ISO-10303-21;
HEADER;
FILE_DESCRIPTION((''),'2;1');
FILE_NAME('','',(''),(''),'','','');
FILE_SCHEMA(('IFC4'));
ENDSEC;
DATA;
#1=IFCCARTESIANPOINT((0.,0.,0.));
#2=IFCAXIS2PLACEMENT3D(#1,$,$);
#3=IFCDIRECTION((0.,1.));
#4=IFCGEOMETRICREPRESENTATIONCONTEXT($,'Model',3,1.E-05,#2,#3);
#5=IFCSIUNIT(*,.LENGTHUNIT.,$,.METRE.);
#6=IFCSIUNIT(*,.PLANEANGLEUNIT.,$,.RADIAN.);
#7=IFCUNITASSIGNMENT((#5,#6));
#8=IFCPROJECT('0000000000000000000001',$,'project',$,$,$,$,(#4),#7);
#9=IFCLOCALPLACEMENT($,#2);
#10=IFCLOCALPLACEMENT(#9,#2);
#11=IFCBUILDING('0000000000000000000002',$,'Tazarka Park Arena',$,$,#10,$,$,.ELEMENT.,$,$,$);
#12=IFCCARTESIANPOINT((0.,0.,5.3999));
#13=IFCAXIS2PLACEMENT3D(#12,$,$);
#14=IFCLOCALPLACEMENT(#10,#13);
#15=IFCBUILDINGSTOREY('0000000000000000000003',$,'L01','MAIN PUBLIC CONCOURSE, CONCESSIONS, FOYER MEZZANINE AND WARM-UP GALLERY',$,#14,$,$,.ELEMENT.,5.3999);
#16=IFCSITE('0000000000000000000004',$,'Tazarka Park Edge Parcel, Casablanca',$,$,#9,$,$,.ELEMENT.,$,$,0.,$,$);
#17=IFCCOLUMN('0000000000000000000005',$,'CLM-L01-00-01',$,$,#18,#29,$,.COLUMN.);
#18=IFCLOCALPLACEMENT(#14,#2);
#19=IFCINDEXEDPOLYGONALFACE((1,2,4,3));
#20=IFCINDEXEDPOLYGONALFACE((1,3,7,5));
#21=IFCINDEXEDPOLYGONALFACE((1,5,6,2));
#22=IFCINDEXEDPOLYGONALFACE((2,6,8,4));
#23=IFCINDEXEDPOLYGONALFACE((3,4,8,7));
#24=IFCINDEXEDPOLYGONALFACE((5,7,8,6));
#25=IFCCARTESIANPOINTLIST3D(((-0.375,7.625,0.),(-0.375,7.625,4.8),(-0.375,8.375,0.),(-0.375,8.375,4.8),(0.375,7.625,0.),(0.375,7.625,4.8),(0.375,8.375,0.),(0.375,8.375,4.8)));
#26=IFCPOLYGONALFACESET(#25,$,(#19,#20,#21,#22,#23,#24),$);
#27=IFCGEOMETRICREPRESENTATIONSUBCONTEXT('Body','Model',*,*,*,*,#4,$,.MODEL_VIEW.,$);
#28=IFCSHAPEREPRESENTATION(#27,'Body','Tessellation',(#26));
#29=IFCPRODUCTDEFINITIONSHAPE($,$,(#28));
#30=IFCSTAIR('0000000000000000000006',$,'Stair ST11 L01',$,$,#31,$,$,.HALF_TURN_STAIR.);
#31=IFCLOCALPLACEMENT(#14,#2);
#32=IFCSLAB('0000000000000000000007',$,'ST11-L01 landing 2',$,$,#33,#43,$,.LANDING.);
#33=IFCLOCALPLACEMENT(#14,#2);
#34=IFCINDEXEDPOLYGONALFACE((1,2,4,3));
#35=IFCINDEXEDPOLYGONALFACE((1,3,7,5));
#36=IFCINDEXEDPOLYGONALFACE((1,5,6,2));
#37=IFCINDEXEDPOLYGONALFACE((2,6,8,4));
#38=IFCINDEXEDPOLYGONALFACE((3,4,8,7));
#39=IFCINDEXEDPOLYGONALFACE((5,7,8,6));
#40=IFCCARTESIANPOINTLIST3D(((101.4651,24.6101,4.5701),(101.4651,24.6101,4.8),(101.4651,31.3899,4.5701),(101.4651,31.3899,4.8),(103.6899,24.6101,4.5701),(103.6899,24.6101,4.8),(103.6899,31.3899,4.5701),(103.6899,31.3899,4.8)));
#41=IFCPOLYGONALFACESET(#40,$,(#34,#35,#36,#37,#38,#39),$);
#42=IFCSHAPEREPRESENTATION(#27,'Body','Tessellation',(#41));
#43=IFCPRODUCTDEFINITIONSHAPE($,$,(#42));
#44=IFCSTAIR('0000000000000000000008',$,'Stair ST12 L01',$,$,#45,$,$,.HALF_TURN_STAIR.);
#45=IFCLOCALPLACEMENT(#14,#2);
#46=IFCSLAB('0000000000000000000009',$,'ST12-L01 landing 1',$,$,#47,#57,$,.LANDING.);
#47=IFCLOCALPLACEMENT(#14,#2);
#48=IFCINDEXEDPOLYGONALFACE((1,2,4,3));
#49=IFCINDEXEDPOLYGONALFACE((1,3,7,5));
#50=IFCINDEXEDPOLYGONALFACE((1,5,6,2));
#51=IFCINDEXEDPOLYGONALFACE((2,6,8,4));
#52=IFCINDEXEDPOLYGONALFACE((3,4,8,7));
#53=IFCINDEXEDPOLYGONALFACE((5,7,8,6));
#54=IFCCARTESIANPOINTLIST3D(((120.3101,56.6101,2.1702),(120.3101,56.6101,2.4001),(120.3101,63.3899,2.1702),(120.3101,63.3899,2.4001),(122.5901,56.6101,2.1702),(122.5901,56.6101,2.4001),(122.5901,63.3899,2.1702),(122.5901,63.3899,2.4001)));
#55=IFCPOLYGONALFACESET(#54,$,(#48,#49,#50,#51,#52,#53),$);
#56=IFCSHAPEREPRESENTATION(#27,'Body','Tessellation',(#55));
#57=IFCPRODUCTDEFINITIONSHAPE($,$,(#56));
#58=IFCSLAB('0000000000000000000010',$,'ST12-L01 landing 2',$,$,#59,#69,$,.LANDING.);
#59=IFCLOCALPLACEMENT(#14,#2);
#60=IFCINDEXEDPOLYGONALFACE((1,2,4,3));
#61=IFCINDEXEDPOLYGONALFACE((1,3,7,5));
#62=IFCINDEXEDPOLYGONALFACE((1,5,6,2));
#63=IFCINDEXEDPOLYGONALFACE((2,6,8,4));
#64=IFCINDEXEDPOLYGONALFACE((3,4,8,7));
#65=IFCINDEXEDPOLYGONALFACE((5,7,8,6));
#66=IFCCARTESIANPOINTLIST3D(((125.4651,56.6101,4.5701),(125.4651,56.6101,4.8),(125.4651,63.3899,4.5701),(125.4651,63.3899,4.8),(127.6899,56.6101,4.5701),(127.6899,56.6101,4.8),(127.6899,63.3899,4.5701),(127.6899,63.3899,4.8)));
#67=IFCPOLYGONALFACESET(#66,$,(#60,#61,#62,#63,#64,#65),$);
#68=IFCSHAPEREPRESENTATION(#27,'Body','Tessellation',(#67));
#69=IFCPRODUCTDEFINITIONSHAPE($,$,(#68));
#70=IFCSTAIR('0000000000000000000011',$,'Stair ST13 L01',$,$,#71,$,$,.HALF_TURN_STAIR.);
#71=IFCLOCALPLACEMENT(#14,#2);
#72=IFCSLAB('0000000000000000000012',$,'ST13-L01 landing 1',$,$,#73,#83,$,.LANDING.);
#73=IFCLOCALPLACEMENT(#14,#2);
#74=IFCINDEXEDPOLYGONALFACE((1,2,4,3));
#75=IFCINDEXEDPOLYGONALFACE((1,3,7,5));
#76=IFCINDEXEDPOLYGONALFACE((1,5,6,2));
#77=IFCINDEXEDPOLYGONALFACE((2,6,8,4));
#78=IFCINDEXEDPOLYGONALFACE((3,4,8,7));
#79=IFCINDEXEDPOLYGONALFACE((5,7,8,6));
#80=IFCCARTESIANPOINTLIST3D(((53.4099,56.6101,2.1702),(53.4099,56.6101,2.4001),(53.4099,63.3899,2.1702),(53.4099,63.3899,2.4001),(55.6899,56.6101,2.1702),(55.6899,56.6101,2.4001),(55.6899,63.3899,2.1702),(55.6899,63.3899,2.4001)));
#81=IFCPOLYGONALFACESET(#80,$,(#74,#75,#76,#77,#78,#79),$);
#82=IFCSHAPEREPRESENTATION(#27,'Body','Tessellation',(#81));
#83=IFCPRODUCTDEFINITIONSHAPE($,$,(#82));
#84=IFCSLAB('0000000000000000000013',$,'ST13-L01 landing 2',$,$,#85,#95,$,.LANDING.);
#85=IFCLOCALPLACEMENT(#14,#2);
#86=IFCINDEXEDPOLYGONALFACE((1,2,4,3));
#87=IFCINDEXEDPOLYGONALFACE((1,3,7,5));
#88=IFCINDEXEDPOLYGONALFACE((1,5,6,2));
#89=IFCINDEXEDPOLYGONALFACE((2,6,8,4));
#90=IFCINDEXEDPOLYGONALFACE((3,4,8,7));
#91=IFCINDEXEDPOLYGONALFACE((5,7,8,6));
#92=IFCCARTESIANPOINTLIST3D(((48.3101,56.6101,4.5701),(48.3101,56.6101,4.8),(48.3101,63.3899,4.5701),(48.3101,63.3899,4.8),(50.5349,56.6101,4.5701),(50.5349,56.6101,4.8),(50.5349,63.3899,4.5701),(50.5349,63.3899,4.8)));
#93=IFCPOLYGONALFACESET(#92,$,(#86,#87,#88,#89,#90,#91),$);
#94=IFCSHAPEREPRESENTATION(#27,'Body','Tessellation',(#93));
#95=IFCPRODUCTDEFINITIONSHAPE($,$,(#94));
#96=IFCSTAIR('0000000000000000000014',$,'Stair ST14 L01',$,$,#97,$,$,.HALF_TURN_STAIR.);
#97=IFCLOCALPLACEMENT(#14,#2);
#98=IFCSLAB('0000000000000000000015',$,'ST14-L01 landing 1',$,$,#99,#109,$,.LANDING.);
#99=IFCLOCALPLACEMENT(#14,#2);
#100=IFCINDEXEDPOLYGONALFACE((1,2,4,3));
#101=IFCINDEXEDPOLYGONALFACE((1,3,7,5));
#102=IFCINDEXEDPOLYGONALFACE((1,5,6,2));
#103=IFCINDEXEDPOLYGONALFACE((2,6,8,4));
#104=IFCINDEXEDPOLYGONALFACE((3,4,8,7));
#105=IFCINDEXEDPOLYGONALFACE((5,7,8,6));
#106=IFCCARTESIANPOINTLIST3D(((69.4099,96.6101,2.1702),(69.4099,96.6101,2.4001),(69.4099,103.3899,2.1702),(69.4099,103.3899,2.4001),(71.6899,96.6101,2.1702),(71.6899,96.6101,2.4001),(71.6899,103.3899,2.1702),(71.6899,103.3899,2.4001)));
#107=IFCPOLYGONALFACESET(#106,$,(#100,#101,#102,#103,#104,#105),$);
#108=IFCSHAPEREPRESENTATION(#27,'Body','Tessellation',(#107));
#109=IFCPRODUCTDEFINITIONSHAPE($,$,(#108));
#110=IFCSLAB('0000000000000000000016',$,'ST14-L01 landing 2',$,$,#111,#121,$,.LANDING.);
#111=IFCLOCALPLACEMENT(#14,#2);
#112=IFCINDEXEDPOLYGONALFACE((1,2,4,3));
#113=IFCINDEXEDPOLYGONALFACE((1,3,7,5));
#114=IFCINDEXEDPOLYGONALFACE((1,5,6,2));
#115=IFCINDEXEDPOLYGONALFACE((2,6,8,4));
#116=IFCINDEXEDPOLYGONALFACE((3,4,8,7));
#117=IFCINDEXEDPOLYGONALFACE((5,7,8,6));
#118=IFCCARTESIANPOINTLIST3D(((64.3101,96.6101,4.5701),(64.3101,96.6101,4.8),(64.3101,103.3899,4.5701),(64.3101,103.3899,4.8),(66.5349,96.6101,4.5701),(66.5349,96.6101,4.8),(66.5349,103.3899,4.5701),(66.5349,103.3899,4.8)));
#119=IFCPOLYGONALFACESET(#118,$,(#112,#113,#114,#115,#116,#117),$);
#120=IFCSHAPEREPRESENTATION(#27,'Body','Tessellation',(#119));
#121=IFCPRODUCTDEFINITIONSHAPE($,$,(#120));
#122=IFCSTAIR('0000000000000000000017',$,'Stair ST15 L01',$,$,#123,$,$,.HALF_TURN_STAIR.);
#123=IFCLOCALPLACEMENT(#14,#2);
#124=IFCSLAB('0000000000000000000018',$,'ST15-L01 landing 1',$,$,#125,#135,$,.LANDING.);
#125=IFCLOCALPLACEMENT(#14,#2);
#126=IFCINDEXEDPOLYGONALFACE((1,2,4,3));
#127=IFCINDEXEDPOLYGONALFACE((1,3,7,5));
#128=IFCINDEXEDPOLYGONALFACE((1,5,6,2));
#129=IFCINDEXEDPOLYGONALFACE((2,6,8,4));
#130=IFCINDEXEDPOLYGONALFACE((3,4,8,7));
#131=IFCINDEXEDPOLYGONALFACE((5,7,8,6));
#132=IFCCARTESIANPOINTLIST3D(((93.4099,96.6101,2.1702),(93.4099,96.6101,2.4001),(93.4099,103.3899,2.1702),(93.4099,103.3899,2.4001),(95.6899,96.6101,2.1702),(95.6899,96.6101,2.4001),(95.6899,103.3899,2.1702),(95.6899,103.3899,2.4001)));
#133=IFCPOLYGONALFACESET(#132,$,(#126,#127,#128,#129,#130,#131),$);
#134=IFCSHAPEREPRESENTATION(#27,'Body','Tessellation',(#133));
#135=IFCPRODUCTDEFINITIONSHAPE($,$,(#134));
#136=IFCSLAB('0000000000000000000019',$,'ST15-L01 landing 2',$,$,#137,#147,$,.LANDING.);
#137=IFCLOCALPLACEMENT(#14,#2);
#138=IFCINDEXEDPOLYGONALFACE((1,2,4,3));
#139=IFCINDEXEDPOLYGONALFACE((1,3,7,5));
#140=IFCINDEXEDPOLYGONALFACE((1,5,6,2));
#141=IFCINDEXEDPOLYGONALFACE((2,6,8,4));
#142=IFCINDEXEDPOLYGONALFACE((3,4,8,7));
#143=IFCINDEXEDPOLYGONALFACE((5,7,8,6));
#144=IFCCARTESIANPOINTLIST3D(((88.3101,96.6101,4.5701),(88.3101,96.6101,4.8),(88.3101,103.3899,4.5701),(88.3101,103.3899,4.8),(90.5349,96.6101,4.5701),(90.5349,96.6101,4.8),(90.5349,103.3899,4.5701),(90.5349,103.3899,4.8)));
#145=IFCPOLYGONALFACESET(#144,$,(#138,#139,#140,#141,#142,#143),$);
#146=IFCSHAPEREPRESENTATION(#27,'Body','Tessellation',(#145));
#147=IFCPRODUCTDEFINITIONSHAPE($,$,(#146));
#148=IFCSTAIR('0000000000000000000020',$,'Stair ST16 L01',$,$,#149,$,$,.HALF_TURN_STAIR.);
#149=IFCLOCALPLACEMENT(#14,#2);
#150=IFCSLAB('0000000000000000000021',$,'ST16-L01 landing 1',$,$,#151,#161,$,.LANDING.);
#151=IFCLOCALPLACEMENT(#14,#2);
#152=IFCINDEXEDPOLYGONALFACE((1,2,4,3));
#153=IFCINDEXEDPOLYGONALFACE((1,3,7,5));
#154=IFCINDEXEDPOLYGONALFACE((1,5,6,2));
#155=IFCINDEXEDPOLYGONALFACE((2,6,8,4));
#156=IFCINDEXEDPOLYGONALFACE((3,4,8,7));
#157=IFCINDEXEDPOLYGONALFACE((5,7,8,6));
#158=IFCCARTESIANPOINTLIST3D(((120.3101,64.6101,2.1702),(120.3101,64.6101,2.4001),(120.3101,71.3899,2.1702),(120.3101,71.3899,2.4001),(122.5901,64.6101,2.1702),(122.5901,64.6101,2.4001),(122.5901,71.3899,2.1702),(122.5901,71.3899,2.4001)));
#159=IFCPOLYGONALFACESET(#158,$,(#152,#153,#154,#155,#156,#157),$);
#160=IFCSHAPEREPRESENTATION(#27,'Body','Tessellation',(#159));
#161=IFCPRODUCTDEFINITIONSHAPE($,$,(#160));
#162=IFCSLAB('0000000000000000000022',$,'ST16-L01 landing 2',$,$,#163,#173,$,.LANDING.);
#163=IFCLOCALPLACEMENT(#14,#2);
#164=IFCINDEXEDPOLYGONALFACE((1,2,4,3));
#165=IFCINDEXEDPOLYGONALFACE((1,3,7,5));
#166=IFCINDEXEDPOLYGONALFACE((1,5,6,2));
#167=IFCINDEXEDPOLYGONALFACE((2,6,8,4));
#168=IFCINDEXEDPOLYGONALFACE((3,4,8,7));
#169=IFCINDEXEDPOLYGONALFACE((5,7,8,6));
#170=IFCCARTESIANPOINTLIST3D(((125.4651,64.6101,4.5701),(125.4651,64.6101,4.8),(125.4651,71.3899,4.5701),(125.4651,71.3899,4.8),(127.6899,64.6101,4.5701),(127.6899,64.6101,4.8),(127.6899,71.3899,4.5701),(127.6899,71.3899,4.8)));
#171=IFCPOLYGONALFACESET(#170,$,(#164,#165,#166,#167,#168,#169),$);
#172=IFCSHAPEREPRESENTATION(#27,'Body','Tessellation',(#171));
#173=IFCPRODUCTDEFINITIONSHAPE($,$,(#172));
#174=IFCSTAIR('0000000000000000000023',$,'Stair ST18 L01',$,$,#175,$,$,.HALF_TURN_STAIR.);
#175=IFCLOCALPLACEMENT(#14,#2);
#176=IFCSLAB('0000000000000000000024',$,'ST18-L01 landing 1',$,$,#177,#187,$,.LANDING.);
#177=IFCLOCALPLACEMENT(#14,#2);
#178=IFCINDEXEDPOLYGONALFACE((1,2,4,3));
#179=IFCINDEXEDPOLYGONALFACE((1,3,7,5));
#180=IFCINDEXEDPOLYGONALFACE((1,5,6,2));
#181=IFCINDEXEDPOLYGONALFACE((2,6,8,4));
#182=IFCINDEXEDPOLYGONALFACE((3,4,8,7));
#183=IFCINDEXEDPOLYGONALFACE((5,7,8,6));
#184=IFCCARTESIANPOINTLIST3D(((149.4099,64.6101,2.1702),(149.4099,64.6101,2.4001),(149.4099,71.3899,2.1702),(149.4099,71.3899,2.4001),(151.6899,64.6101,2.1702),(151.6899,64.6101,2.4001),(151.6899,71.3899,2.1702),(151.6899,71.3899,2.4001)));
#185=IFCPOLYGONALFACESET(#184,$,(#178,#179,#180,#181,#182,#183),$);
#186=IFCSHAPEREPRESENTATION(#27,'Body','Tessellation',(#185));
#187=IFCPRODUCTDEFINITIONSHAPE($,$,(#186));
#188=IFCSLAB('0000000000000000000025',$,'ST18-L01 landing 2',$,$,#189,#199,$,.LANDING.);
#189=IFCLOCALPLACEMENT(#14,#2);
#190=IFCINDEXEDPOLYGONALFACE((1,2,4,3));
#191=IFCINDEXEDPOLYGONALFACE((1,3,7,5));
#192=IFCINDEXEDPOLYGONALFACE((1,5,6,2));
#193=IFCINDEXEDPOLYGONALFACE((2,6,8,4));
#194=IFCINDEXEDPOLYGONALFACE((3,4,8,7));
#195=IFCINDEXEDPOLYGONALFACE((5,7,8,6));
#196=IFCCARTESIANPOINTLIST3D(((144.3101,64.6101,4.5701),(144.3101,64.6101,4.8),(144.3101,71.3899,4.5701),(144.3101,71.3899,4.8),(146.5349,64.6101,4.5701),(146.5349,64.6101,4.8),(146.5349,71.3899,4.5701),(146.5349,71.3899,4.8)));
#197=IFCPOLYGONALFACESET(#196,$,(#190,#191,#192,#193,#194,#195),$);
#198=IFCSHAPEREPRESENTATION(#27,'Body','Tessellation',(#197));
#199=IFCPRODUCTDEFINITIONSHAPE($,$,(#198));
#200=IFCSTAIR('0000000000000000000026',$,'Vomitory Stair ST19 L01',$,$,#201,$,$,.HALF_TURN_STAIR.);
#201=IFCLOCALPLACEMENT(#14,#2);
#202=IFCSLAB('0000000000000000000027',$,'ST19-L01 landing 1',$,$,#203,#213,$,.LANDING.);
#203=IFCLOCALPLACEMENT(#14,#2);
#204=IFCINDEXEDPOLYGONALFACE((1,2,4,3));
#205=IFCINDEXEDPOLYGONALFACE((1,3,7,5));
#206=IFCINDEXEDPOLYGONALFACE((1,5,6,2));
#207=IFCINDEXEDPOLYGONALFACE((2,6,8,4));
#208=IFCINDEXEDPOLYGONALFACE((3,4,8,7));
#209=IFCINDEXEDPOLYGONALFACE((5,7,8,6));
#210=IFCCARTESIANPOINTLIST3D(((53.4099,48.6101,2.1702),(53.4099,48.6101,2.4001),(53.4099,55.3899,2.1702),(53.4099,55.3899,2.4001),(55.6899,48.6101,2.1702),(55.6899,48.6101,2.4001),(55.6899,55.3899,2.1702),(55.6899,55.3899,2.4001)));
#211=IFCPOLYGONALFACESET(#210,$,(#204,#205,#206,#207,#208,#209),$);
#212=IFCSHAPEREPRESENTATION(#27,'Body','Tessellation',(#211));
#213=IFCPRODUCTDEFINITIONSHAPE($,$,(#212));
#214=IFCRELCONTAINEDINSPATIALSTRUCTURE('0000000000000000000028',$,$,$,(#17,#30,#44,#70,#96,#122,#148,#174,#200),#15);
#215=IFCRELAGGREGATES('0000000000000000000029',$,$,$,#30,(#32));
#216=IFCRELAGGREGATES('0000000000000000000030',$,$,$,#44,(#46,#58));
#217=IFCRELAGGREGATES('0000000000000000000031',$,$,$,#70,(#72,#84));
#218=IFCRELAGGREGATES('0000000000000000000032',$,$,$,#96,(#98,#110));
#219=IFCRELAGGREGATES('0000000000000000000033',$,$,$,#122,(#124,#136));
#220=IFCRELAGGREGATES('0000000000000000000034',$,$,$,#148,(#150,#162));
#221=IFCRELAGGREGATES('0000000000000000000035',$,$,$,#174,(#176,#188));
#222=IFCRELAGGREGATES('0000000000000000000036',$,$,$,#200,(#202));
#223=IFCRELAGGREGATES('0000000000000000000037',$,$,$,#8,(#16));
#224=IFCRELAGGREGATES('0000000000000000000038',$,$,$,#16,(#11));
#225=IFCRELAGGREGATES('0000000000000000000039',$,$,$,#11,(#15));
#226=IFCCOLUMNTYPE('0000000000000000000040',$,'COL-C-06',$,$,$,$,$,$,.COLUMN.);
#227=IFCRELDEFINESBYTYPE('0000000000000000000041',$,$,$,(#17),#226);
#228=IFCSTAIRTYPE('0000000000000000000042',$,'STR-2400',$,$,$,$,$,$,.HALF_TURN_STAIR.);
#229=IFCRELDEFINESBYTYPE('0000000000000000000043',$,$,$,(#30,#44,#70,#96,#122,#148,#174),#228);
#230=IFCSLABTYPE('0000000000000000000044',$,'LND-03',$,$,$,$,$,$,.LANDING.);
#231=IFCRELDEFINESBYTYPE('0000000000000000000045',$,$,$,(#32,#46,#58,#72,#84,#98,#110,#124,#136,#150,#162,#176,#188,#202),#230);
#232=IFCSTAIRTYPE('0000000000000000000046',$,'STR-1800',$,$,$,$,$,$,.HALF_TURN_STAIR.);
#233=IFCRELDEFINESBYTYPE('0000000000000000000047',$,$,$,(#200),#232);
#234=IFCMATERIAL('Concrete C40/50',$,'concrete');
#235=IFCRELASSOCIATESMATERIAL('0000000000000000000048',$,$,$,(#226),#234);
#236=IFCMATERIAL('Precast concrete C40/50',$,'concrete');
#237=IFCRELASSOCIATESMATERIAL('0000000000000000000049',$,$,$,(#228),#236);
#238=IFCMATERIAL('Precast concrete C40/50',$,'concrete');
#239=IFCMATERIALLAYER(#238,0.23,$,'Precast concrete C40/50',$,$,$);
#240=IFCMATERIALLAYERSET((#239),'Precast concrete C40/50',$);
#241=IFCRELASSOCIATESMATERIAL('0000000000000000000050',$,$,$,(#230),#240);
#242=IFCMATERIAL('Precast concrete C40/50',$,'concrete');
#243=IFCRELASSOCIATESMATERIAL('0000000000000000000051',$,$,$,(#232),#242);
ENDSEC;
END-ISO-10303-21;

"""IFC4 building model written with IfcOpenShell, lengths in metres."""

from ifc_helpers import new_model, si_unit, direction, frame, origin, origin_2d, place, context, subcontext, project, spatial, polyline, rectangle, outline, extrude, material, layer, layer_set, material_profile, profile_set, type_object, element, aggregate, save


model = new_model("IFC4")

# Units and contexts
model_context = context("Model", 3, precision=1e-05, world=origin(), true_north=direction((0.0, 1.0)))
body_context = subcontext(model_context, "Body", "Model", "MODEL_VIEW")
ifc_project = project(units=[si_unit("LENGTHUNIT", "METRE"), si_unit("PLANEANGLEUNIT", "RADIAN")], contexts=[model_context])

# Site, building, storey
site_placement = place(None, origin())
site = spatial("IfcSite", under=ifc_project, at=site_placement, Name="Tazarka Park Edge Parcel, Casablanca", CompositionType="ELEMENT", RefElevation=0.0)
building_placement = place(site_placement, origin())
building = spatial("IfcBuilding", under=site, at=building_placement, Name="Tazarka Park Arena", CompositionType="ELEMENT")
storey_placement = place(building_placement, frame((0.0, 0.0, 5.3999)))
storey = spatial("IfcBuildingStorey", under=building, at=storey_placement, Name="L01", Description="MAIN PUBLIC CONCOURSE, CONCESSIONS, FOYER MEZZANINE AND WARM-UP GALLERY", CompositionType="ELEMENT", Elevation=5.3999)

# Column
ifc_material_1 = material(Name="Concrete C40/50", Category="concrete")
ifc_material_profile = material_profile(ifc_material_1, rectangle(XDim=0.75, YDim=0.75, at=origin_2d()), Name="Concrete C40/50")
ifc_profile_set = profile_set([ifc_material_profile], Name="Concrete C40/50")
column_type = type_object("IfcColumnType", Name="COL-C-06", PredefinedType="COLUMN", material=ifc_profile_set)
column_placement = place(storey_placement, frame((0.0, 8.0, 0.0), z_axis=(0.0, 0.0, 1.0), x_axis=(1.0, 0.0, 0.0)))
element("IfcColumn", 1, at=column_placement, inside=storey, type_object=column_type, Name="CLM-L01-00-01", PredefinedType="COLUMN", context=body_context, shape_type="SweptSolid", body=[
    extrude(rectangle(XDim=0.75, YDim=0.75, at=origin_2d()), origin(), (0.0, 0.0, 1.0), 4.8),
])

# Stair, slab
ifc_material_2 = material(Name="Precast concrete C40/50", Category="concrete")
stair_type_1 = type_object("IfcStairType", Name="STR-2400", PredefinedType="HALF_TURN_STAIR", material=ifc_material_2)
stair_1_placement = place(storey_placement, origin())
stair_1 = element("IfcStair", 2, at=stair_1_placement, inside=storey, type_object=stair_type_1, Name="Stair ST11 L01", PredefinedType="HALF_TURN_STAIR")
ifc_material_3 = material(Name="Precast concrete C40/50", Category="concrete")
ifc_layer_1 = layer(ifc_material_3, 0.23, Name="Precast concrete C40/50")
ifc_layer_set_1 = layer_set([ifc_layer_1], Name="Precast concrete C40/50")
slab_type = type_object("IfcSlabType", Name="LND-03", PredefinedType="LANDING", material=ifc_layer_set_1)
slab_1_placement = place(storey_placement, frame((0.0, 0.0, 4.5701)))
slab_1 = element("IfcSlab", 3, at=slab_1_placement, type_object=slab_type, Name="ST11-L01 landing 2", PredefinedType="LANDING", context=body_context, shape_type="SweptSolid", body=[
    extrude(outline(polyline([(101.4651, 24.6101), (103.6899, 24.6101), (103.6899, 31.3899), (101.4651, 31.3899), (101.4651, 24.6101)])), origin(), (0.0, 0.0, 1.0), 0.23),
])
aggregate(stair_1, [slab_1])

# Stairs, slabs
stair_2_placement = place(storey_placement, origin())
stair_2 = element("IfcStair", 4, at=stair_2_placement, inside=storey, type_object=stair_type_1, Name="Stair ST12 L01", PredefinedType="HALF_TURN_STAIR")
slab_2_placement = place(storey_placement, frame((0.0, 0.0, 2.1702)))
slab_2 = element("IfcSlab", 5, at=slab_2_placement, type_object=slab_type, Name="ST12-L01 landing 1", PredefinedType="LANDING", context=body_context, shape_type="SweptSolid", body=[
    extrude(outline(polyline([(120.3101, 56.6101), (122.5901, 56.6101), (122.5901, 63.3899), (120.3101, 63.3899), (120.3101, 56.6101)])), origin(), (0.0, 0.0, 1.0), 0.23),
])
slab_3_placement = place(storey_placement, frame((0.0, 0.0, 4.5701)))
slab_3 = element("IfcSlab", 6, at=slab_3_placement, type_object=slab_type, Name="ST12-L01 landing 2", PredefinedType="LANDING", context=body_context, shape_type="SweptSolid", body=[
    extrude(outline(polyline([(125.4651, 56.6101), (127.6899, 56.6101), (127.6899, 63.3899), (125.4651, 63.3899), (125.4651, 56.6101)])), origin(), (0.0, 0.0, 1.0), 0.23),
])
aggregate(stair_2, [slab_2, slab_3])
stair_3_placement = place(storey_placement, origin())
stair_3 = element("IfcStair", 7, at=stair_3_placement, inside=storey, type_object=stair_type_1, Name="Stair ST13 L01", PredefinedType="HALF_TURN_STAIR")
slab_4_placement = place(storey_placement, frame((0.0, 0.0, 2.1702)))
slab_4 = element("IfcSlab", 8, at=slab_4_placement, type_object=slab_type, Name="ST13-L01 landing 1", PredefinedType="LANDING", context=body_context, shape_type="SweptSolid", body=[
    extrude(outline(polyline([(53.4099, 56.6101), (55.6899, 56.6101), (55.6899, 63.3899), (53.4099, 63.3899), (53.4099, 56.6101)])), origin(), (0.0, 0.0, 1.0), 0.23),
])
slab_5_placement = place(storey_placement, frame((0.0, 0.0, 4.5701)))
slab_5 = element("IfcSlab", 9, at=slab_5_placement, type_object=slab_type, Name="ST13-L01 landing 2", PredefinedType="LANDING", context=body_context, shape_type="SweptSolid", body=[
    extrude(outline(polyline([(48.3101, 56.6101), (50.5349, 56.6101), (50.5349, 63.3899), (48.3101, 63.3899), (48.3101, 56.6101)])), origin(), (0.0, 0.0, 1.0), 0.23),
])
aggregate(stair_3, [slab_4, slab_5])
stair_4_placement = place(storey_placement, origin())
stair_4 = element("IfcStair", 10, at=stair_4_placement, inside=storey, type_object=stair_type_1, Name="Stair ST14 L01", PredefinedType="HALF_TURN_STAIR")
slab_6_placement = place(storey_placement, frame((0.0, 0.0, 2.1702)))
slab_6 = element("IfcSlab", 11, at=slab_6_placement, type_object=slab_type, Name="ST14-L01 landing 1", PredefinedType="LANDING", context=body_context, shape_type="SweptSolid", body=[
    extrude(outline(polyline([(69.4099, 96.6101), (71.6899, 96.6101), (71.6899, 103.3899), (69.4099, 103.3899), (69.4099, 96.6101)])), origin(), (0.0, 0.0, 1.0), 0.23),
])
slab_7_placement = place(storey_placement, frame((0.0, 0.0, 4.5701)))
slab_7 = element("IfcSlab", 12, at=slab_7_placement, type_object=slab_type, Name="ST14-L01 landing 2", PredefinedType="LANDING", context=body_context, shape_type="SweptSolid", body=[
    extrude(outline(polyline([(64.3101, 96.6101), (66.5349, 96.6101), (66.5349, 103.3899), (64.3101, 103.3899), (64.3101, 96.6101)])), origin(), (0.0, 0.0, 1.0), 0.23),
])
aggregate(stair_4, [slab_6, slab_7])
stair_5_placement = place(storey_placement, origin())
stair_5 = element("IfcStair", 13, at=stair_5_placement, inside=storey, type_object=stair_type_1, Name="Stair ST15 L01", PredefinedType="HALF_TURN_STAIR")
slab_8_placement = place(storey_placement, frame((0.0, 0.0, 2.1702)))
slab_8 = element("IfcSlab", 14, at=slab_8_placement, type_object=slab_type, Name="ST15-L01 landing 1", PredefinedType="LANDING", context=body_context, shape_type="SweptSolid", body=[
    extrude(outline(polyline([(93.4099, 96.6101), (95.6899, 96.6101), (95.6899, 103.3899), (93.4099, 103.3899), (93.4099, 96.6101)])), origin(), (0.0, 0.0, 1.0), 0.23),
])
slab_9_placement = place(storey_placement, frame((0.0, 0.0, 4.5701)))
slab_9 = element("IfcSlab", 15, at=slab_9_placement, type_object=slab_type, Name="ST15-L01 landing 2", PredefinedType="LANDING", context=body_context, shape_type="SweptSolid", body=[
    extrude(outline(polyline([(88.3101, 96.6101), (90.5349, 96.6101), (90.5349, 103.3899), (88.3101, 103.3899), (88.3101, 96.6101)])), origin(), (0.0, 0.0, 1.0), 0.23),
])
aggregate(stair_5, [slab_8, slab_9])
stair_6_placement = place(storey_placement, origin())
stair_6 = element("IfcStair", 16, at=stair_6_placement, inside=storey, type_object=stair_type_1, Name="Stair ST16 L01", PredefinedType="HALF_TURN_STAIR")
slab_10_placement = place(storey_placement, frame((0.0, 0.0, 2.1702)))
slab_10 = element("IfcSlab", 17, at=slab_10_placement, type_object=slab_type, Name="ST16-L01 landing 1", PredefinedType="LANDING", context=body_context, shape_type="SweptSolid", body=[
    extrude(outline(polyline([(120.3101, 64.6101), (122.5901, 64.6101), (122.5901, 71.3899), (120.3101, 71.3899), (120.3101, 64.6101)])), origin(), (0.0, 0.0, 1.0), 0.23),
])
slab_11_placement = place(storey_placement, frame((0.0, 0.0, 4.5701)))
slab_11 = element("IfcSlab", 18, at=slab_11_placement, type_object=slab_type, Name="ST16-L01 landing 2", PredefinedType="LANDING", context=body_context, shape_type="SweptSolid", body=[
    extrude(outline(polyline([(125.4651, 64.6101), (127.6899, 64.6101), (127.6899, 71.3899), (125.4651, 71.3899), (125.4651, 64.6101)])), origin(), (0.0, 0.0, 1.0), 0.23),
])
aggregate(stair_6, [slab_10, slab_11])
stair_7_placement = place(storey_placement, origin())
stair_7 = element("IfcStair", 19, at=stair_7_placement, inside=storey, type_object=stair_type_1, Name="Stair ST18 L01", PredefinedType="HALF_TURN_STAIR")
slab_12_placement = place(storey_placement, frame((0.0, 0.0, 2.1702)))
slab_12 = element("IfcSlab", 20, at=slab_12_placement, type_object=slab_type, Name="ST18-L01 landing 1", PredefinedType="LANDING", context=body_context, shape_type="SweptSolid", body=[
    extrude(outline(polyline([(149.4099, 64.6101), (151.6899, 64.6101), (151.6899, 71.3899), (149.4099, 71.3899), (149.4099, 64.6101)])), origin(), (0.0, 0.0, 1.0), 0.23),
])
slab_13_placement = place(storey_placement, frame((0.0, 0.0, 4.5701)))
slab_13 = element("IfcSlab", 21, at=slab_13_placement, type_object=slab_type, Name="ST18-L01 landing 2", PredefinedType="LANDING", context=body_context, shape_type="SweptSolid", body=[
    extrude(outline(polyline([(144.3101, 64.6101), (146.5349, 64.6101), (146.5349, 71.3899), (144.3101, 71.3899), (144.3101, 64.6101)])), origin(), (0.0, 0.0, 1.0), 0.23),
])
aggregate(stair_7, [slab_12, slab_13])
ifc_material_4 = material(Name="Precast concrete C40/50", Category="concrete")
stair_type_2 = type_object("IfcStairType", Name="STR-1800", PredefinedType="HALF_TURN_STAIR", material=ifc_material_4)
stair_8_placement = place(storey_placement, origin())
stair_8 = element("IfcStair", 22, at=stair_8_placement, inside=storey, type_object=stair_type_2, Name="Vomitory Stair ST19 L01", PredefinedType="HALF_TURN_STAIR")
slab_14_placement = place(storey_placement, frame((0.0, 0.0, 2.1702)))
slab_14 = element("IfcSlab", 23, at=slab_14_placement, type_object=slab_type, Name="ST19-L01 landing 1", PredefinedType="LANDING", context=body_context, shape_type="SweptSolid", body=[
    extrude(outline(polyline([(53.4099, 48.6101), (55.6899, 48.6101), (55.6899, 55.3899), (53.4099, 55.3899), (53.4099, 48.6101)])), origin(), (0.0, 0.0, 1.0), 0.23),
])
aggregate(stair_8, [slab_14])

save(model, "model.ifc")
